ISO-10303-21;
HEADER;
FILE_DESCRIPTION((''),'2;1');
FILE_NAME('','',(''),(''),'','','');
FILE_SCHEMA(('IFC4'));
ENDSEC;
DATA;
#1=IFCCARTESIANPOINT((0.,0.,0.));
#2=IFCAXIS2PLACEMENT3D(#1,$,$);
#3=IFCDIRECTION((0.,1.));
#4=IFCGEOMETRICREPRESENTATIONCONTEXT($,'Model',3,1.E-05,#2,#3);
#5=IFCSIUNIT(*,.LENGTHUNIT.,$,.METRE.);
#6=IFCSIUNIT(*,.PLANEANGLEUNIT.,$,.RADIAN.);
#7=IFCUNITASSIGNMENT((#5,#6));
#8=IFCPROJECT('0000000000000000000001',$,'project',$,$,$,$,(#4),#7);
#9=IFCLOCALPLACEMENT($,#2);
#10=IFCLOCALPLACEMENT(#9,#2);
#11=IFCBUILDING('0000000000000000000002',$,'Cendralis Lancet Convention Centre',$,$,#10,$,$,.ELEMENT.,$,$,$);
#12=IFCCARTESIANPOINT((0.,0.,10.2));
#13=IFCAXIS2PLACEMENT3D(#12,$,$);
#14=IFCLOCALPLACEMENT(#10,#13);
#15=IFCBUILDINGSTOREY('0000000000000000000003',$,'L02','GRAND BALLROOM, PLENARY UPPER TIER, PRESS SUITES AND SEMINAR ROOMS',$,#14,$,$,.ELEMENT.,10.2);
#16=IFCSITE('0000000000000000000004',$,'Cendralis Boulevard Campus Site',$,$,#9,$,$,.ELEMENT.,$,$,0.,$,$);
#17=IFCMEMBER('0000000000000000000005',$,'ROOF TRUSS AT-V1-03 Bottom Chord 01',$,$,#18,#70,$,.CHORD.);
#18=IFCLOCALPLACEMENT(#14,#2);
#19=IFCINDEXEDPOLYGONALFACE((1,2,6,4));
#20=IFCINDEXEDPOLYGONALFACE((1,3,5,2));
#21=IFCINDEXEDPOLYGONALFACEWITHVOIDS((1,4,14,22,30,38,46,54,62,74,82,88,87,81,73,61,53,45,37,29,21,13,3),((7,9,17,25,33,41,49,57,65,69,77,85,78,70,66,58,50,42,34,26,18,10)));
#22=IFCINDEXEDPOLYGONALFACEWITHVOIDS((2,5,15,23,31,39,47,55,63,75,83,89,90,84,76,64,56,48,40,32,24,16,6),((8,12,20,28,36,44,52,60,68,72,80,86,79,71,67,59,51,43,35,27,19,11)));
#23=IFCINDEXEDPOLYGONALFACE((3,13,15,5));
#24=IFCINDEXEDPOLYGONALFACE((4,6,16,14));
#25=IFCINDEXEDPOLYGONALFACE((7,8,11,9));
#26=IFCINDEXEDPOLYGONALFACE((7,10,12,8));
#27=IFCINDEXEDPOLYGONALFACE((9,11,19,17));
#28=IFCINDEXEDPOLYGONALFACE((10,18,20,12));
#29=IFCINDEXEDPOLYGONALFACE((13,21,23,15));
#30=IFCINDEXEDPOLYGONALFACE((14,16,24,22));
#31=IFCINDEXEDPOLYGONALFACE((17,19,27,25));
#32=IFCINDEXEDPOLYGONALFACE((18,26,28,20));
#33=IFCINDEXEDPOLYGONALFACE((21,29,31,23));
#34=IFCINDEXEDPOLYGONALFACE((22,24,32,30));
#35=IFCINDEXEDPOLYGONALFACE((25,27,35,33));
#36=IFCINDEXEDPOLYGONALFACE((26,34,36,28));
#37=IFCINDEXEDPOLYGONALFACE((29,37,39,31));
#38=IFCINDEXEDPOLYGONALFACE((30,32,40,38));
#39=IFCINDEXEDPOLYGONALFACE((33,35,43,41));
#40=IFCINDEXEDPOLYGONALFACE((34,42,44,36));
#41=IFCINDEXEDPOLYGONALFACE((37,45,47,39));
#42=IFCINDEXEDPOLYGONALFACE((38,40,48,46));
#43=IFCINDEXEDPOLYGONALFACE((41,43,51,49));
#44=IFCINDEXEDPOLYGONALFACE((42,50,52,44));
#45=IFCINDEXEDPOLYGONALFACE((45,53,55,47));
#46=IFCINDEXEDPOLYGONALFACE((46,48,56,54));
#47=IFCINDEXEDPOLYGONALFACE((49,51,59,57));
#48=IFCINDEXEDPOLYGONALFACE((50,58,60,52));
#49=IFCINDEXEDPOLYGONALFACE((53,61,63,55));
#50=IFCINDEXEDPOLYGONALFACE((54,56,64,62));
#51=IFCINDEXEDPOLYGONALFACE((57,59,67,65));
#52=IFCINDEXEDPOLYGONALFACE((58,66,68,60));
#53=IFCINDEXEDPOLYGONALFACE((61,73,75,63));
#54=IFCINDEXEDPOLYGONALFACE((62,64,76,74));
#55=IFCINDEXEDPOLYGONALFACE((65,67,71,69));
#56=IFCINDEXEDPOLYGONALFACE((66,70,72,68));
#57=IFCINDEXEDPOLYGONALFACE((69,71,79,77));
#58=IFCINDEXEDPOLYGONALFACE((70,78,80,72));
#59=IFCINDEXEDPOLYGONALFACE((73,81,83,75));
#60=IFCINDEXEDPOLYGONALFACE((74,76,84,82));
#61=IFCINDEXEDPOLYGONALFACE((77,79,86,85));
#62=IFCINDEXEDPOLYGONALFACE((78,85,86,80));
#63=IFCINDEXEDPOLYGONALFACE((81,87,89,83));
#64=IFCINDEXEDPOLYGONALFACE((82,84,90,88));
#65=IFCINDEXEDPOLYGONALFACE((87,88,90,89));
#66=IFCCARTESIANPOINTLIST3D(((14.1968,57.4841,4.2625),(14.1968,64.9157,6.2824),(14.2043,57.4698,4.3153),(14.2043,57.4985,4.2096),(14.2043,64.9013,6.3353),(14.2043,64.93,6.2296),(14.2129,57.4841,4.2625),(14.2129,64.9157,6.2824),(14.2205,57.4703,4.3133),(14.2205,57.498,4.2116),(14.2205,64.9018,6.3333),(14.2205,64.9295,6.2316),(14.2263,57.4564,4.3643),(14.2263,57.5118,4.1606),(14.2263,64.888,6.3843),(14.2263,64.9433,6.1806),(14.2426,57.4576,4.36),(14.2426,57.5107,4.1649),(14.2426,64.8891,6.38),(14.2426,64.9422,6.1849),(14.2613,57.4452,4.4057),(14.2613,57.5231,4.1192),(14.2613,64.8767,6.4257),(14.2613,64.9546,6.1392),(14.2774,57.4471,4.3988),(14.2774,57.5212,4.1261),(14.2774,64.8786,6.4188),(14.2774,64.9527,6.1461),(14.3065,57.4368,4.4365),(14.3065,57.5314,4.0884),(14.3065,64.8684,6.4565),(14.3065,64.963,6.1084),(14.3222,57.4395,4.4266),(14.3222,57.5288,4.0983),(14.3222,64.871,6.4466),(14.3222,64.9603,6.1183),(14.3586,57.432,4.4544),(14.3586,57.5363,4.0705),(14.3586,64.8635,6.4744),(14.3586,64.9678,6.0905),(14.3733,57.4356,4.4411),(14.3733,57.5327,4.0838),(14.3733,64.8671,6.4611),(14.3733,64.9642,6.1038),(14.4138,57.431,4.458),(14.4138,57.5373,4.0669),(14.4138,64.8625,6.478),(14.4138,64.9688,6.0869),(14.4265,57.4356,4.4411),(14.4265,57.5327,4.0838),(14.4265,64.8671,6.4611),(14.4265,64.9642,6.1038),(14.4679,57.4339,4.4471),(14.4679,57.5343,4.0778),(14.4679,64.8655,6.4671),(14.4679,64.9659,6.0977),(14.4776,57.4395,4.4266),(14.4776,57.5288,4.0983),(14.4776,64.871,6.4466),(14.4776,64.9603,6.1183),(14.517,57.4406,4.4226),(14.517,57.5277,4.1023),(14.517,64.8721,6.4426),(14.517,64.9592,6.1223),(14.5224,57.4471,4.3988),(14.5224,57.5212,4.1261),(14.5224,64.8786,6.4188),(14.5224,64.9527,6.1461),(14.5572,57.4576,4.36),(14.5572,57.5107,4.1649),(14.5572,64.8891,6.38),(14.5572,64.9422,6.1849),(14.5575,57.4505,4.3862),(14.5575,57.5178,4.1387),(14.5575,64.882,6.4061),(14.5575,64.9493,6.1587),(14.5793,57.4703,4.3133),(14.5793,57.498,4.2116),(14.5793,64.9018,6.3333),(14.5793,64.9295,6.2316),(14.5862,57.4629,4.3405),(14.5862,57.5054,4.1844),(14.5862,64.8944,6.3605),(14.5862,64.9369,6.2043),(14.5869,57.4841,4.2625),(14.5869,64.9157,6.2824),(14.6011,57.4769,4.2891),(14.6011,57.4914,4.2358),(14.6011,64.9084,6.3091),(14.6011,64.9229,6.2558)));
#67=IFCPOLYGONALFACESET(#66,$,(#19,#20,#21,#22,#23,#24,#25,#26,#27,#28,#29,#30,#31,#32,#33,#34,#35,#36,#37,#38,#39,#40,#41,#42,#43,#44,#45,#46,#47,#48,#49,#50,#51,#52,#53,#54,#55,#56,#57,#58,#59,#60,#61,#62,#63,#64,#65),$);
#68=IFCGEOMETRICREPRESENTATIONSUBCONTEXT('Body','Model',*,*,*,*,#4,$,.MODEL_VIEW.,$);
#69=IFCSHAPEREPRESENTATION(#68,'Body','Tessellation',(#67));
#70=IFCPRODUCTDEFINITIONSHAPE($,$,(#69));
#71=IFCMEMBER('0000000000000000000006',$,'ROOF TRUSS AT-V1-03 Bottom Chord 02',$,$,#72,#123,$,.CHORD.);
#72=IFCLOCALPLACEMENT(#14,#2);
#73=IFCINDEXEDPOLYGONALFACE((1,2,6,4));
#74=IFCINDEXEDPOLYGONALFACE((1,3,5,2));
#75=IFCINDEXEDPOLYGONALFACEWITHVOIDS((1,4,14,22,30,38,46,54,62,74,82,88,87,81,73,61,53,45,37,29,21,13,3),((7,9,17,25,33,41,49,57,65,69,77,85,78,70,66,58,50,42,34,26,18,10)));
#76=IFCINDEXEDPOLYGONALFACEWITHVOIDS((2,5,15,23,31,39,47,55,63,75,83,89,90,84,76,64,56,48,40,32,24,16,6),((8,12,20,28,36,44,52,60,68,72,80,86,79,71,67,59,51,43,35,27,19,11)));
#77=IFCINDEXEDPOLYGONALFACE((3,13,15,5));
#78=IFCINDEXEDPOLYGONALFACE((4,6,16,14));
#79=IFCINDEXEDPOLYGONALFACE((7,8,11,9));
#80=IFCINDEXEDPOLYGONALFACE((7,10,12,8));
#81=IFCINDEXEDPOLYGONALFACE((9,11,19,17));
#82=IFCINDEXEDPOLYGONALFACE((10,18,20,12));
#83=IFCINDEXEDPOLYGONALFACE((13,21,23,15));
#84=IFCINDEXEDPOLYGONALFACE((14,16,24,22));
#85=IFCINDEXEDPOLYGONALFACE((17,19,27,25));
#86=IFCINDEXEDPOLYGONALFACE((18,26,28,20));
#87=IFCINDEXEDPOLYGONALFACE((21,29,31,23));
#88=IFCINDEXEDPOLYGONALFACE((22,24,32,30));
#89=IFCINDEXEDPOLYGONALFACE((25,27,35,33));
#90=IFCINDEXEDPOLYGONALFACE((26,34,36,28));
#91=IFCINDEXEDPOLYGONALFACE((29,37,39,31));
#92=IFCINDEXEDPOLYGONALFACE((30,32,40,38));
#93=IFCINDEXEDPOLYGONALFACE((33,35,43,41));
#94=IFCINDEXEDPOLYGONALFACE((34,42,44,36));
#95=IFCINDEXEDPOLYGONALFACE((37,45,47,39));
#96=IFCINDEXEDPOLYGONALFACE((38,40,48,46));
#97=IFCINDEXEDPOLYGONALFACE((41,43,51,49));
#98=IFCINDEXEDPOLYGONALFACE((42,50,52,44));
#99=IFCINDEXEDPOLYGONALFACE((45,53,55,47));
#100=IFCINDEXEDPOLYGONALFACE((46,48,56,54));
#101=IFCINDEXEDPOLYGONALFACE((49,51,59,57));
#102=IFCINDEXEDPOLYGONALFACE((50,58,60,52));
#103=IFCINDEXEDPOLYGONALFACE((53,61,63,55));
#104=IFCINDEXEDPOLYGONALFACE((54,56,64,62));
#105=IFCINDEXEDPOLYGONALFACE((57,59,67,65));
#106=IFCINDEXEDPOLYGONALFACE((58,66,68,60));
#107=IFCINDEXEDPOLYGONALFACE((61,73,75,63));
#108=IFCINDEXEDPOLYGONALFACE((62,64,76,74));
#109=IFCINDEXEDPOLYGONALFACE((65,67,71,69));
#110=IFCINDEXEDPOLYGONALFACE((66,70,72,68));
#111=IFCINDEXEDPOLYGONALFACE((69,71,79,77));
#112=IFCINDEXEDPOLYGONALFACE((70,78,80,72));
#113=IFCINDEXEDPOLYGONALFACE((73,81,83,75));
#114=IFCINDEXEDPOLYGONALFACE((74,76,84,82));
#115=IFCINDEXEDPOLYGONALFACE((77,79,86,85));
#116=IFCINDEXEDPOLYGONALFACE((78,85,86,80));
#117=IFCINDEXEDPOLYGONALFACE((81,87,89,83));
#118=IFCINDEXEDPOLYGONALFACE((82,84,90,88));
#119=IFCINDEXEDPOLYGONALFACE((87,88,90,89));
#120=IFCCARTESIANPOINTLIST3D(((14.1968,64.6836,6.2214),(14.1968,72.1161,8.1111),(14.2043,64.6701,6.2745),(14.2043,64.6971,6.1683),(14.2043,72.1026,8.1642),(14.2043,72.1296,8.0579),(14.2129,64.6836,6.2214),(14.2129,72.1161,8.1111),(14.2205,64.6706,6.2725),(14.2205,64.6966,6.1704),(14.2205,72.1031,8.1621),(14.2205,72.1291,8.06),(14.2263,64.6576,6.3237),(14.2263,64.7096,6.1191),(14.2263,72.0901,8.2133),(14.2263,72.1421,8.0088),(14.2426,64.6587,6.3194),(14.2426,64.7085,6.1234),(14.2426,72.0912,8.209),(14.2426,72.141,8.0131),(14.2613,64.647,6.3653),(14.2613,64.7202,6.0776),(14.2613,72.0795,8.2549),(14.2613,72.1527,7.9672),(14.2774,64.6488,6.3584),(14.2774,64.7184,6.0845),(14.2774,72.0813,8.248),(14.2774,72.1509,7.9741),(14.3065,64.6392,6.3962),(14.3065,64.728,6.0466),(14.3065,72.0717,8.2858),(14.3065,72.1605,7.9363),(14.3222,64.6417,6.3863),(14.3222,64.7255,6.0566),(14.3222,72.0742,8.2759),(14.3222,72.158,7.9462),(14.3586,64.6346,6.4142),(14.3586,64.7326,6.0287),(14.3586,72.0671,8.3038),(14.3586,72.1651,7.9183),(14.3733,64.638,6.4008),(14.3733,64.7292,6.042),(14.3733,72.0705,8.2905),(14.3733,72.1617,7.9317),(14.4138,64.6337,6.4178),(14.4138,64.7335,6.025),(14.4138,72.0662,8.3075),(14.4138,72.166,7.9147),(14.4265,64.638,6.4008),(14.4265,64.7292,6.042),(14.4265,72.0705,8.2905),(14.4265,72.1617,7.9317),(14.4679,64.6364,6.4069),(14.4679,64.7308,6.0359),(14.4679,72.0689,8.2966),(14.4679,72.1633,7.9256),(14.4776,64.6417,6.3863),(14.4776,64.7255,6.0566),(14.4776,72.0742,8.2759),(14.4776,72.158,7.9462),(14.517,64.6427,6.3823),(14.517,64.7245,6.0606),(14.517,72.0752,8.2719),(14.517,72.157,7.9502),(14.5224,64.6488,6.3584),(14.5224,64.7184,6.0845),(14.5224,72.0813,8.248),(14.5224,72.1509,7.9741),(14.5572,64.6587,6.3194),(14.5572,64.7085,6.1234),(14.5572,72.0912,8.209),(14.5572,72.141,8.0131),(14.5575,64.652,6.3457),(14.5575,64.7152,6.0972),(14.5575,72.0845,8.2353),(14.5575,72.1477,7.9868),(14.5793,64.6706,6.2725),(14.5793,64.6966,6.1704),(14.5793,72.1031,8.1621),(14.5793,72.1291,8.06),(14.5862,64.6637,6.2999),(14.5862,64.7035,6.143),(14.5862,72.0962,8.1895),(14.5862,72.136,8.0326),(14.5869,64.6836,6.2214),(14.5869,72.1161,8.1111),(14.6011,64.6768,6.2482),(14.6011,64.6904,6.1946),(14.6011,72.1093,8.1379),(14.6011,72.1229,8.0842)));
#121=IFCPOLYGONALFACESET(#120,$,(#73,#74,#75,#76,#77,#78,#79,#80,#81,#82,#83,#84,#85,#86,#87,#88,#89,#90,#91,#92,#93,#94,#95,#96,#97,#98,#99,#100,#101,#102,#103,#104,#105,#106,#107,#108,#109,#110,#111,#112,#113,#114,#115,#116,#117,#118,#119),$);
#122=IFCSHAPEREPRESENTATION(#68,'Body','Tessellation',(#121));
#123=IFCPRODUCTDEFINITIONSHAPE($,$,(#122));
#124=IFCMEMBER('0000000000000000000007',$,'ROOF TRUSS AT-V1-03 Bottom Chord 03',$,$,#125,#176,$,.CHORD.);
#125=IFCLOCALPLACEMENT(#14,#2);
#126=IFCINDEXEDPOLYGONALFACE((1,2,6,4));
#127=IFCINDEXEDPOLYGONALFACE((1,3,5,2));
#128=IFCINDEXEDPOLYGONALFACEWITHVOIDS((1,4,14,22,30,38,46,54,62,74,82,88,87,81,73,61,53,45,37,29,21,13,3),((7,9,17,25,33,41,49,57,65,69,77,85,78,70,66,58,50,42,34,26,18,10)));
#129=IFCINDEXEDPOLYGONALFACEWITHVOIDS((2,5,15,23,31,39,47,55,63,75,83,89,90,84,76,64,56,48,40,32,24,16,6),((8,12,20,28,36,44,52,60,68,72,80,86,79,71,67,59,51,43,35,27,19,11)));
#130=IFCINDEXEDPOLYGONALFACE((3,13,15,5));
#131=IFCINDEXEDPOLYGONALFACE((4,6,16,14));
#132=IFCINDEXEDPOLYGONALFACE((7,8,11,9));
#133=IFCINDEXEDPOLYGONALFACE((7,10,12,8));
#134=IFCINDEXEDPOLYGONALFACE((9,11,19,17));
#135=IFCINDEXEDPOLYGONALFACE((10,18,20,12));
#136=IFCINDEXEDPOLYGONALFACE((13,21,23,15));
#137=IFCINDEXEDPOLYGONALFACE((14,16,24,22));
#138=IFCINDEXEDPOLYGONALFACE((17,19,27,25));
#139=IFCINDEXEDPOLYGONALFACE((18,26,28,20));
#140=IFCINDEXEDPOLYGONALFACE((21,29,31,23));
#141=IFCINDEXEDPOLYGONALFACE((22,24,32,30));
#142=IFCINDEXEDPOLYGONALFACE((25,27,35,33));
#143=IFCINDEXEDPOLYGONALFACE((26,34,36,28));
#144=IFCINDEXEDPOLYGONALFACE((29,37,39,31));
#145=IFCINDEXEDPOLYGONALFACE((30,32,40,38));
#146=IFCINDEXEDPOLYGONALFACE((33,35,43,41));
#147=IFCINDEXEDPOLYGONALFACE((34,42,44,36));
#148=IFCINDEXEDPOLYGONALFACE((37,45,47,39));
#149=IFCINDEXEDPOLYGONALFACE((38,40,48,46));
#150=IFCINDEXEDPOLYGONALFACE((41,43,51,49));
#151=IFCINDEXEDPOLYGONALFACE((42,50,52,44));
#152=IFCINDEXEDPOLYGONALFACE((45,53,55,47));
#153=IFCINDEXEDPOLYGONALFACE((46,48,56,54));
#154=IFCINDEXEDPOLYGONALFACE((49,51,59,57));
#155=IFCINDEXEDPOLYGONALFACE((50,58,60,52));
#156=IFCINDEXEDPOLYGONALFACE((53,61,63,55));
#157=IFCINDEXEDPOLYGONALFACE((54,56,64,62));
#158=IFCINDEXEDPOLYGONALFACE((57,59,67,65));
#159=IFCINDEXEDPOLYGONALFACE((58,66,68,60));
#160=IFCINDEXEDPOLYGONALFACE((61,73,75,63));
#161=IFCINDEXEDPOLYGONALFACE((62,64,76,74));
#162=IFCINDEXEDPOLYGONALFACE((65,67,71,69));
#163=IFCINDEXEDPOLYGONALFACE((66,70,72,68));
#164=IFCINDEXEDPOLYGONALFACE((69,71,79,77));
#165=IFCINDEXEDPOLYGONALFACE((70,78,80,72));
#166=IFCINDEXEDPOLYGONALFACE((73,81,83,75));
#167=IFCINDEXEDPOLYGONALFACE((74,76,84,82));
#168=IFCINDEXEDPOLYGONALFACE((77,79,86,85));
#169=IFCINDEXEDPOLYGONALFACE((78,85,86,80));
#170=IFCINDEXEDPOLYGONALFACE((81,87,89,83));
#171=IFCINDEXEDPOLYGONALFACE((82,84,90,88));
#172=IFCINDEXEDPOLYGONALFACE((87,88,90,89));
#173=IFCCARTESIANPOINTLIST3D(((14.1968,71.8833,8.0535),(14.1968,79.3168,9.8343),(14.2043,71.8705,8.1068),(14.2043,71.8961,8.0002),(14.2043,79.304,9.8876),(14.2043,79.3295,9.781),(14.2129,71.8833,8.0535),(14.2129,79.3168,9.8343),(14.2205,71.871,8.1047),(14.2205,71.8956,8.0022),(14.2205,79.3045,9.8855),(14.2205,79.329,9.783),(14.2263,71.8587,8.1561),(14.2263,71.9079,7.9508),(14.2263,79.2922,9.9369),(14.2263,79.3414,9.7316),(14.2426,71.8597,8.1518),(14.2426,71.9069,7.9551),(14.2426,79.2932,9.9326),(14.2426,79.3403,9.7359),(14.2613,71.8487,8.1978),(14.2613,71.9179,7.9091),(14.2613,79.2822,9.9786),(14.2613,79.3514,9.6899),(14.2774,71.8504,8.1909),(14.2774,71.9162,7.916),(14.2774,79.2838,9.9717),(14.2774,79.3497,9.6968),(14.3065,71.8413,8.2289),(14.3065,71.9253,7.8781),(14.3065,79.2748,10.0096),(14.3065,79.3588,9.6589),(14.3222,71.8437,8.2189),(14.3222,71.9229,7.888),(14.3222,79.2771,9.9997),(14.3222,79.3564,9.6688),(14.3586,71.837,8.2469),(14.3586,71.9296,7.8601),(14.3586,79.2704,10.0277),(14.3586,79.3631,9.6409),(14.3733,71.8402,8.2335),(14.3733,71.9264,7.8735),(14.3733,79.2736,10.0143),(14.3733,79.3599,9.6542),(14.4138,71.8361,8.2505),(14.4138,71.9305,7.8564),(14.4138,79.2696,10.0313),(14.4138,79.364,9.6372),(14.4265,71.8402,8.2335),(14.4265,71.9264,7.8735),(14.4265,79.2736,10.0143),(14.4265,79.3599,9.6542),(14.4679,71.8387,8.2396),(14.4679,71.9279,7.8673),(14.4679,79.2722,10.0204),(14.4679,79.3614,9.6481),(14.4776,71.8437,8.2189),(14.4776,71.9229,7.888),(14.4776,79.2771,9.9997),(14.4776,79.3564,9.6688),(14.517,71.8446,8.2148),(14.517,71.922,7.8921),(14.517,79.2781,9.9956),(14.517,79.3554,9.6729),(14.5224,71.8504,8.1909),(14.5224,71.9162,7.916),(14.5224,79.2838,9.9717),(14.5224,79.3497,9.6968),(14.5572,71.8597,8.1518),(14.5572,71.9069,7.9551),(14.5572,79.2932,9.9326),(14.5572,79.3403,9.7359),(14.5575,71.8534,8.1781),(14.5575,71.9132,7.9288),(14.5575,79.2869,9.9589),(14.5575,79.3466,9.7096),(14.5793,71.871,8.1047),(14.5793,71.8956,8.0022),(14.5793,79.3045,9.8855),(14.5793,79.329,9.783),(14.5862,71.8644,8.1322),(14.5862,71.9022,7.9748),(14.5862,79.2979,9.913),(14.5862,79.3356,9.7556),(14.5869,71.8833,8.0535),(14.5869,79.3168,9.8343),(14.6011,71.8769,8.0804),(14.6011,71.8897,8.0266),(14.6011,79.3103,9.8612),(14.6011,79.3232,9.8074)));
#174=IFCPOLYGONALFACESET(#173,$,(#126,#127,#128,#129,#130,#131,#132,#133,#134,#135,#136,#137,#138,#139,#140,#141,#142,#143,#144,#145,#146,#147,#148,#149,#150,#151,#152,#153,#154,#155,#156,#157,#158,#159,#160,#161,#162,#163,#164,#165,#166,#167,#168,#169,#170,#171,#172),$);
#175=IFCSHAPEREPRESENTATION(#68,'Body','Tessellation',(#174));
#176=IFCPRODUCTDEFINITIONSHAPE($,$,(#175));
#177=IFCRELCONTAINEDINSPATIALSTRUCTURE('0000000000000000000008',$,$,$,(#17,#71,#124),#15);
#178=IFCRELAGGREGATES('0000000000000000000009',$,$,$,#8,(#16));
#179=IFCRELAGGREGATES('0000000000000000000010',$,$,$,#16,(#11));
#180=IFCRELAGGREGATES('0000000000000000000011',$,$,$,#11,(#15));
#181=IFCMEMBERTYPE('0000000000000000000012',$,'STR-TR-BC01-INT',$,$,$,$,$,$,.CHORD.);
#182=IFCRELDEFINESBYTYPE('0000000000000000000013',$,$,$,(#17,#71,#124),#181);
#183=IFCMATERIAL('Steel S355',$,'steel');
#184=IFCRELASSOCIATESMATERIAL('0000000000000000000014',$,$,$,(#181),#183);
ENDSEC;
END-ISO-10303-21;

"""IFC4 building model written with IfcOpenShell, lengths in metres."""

from ifc_helpers import new_model, si_unit, direction, frame, origin, origin_2d, place, context, subcontext, project, spatial, hollow_circle, extrude, material, material_profile, profile_set, type_object, element, save


model = new_model("IFC4")

# Units and contexts
model_context = context("Model", 3, precision=1e-05, world=origin(), true_north=direction((0.0, 1.0)))
body_context = subcontext(model_context, "Body", "Model", "MODEL_VIEW")
ifc_project = project(units=[si_unit("LENGTHUNIT", "METRE"), si_unit("PLANEANGLEUNIT", "RADIAN")], contexts=[model_context])

# Site, building, storey
site_placement = place(None, origin())
site = spatial("IfcSite", under=ifc_project, at=site_placement, Name="Cendralis Boulevard Campus Site", CompositionType="ELEMENT", RefElevation=0.0)
building_placement = place(site_placement, origin())
building = spatial("IfcBuilding", under=site, at=building_placement, Name="Cendralis Lancet Convention Centre", CompositionType="ELEMENT")
storey_placement = place(building_placement, frame((0.0, 0.0, 10.2)))
storey = spatial("IfcBuildingStorey", under=building, at=storey_placement, Name="L02", Description="GRAND BALLROOM, PLENARY UPPER TIER, PRESS SUITES AND SEMINAR ROOMS", CompositionType="ELEMENT", Elevation=10.2)

# Members
ifc_material = material(Name="Steel S355", Category="steel")
ifc_material_profile_1 = material_profile(ifc_material, hollow_circle(Radius=0.2031, WallThickness=0.0161, at=origin_2d()), Name="CHS 406.4x16.0")
ifc_profile_set_1 = profile_set([ifc_material_profile_1], Name="Steel S355")
member_type_1 = type_object("IfcMemberType", Name="STR-TR-BC01-INT", PredefinedType="CHORD", material=ifc_profile_set_1)
member_1_placement = place(storey_placement, frame((14.3999, 57.4841, 4.2625), z_axis=(0.0, 0.964987, 0.262296), x_axis=(-1.0, 0.0, 0.0)))
element("IfcMember", 1, at=member_1_placement, inside=storey, type_object=member_type_1, Name="ROOF TRUSS AT-V1-03 Bottom Chord 01", PredefinedType="CHORD", context=body_context, shape_type="SweptSolid", body=[
    extrude(hollow_circle(Radius=0.2031, WallThickness=0.0161, at=origin_2d()), origin(), (0.0, 0.0, 1.0), 7.7012),
])
member_2_placement = place(storey_placement, frame((14.3999, 64.6836, 6.2214), z_axis=(0.0, 0.969169, 0.246399), x_axis=(-1.0, 0.0, 0.0)))
element("IfcMember", 2, at=member_2_placement, inside=storey, type_object=member_type_1, Name="ROOF TRUSS AT-V1-03 Bottom Chord 02", PredefinedType="CHORD", context=body_context, shape_type="SweptSolid", body=[
    extrude(hollow_circle(Radius=0.2031, WallThickness=0.0161, at=origin_2d()), origin(), (0.0, 0.0, 1.0), 7.6689),
])
member_3_placement = place(storey_placement, frame((14.3999, 71.8833, 8.0535), z_axis=(0.0, 0.972483, 0.232972), x_axis=(-1.0, 0.0, 0.0)))
element("IfcMember", 3, at=member_3_placement, inside=storey, type_object=member_type_1, Name="ROOF TRUSS AT-V1-03 Bottom Chord 03", PredefinedType="CHORD", context=body_context, shape_type="SweptSolid", body=[
    extrude(hollow_circle(Radius=0.2031, WallThickness=0.0161, at=origin_2d()), origin(), (0.0, 0.0, 1.0), 7.6438),
])

save(model, "model.ifc")
